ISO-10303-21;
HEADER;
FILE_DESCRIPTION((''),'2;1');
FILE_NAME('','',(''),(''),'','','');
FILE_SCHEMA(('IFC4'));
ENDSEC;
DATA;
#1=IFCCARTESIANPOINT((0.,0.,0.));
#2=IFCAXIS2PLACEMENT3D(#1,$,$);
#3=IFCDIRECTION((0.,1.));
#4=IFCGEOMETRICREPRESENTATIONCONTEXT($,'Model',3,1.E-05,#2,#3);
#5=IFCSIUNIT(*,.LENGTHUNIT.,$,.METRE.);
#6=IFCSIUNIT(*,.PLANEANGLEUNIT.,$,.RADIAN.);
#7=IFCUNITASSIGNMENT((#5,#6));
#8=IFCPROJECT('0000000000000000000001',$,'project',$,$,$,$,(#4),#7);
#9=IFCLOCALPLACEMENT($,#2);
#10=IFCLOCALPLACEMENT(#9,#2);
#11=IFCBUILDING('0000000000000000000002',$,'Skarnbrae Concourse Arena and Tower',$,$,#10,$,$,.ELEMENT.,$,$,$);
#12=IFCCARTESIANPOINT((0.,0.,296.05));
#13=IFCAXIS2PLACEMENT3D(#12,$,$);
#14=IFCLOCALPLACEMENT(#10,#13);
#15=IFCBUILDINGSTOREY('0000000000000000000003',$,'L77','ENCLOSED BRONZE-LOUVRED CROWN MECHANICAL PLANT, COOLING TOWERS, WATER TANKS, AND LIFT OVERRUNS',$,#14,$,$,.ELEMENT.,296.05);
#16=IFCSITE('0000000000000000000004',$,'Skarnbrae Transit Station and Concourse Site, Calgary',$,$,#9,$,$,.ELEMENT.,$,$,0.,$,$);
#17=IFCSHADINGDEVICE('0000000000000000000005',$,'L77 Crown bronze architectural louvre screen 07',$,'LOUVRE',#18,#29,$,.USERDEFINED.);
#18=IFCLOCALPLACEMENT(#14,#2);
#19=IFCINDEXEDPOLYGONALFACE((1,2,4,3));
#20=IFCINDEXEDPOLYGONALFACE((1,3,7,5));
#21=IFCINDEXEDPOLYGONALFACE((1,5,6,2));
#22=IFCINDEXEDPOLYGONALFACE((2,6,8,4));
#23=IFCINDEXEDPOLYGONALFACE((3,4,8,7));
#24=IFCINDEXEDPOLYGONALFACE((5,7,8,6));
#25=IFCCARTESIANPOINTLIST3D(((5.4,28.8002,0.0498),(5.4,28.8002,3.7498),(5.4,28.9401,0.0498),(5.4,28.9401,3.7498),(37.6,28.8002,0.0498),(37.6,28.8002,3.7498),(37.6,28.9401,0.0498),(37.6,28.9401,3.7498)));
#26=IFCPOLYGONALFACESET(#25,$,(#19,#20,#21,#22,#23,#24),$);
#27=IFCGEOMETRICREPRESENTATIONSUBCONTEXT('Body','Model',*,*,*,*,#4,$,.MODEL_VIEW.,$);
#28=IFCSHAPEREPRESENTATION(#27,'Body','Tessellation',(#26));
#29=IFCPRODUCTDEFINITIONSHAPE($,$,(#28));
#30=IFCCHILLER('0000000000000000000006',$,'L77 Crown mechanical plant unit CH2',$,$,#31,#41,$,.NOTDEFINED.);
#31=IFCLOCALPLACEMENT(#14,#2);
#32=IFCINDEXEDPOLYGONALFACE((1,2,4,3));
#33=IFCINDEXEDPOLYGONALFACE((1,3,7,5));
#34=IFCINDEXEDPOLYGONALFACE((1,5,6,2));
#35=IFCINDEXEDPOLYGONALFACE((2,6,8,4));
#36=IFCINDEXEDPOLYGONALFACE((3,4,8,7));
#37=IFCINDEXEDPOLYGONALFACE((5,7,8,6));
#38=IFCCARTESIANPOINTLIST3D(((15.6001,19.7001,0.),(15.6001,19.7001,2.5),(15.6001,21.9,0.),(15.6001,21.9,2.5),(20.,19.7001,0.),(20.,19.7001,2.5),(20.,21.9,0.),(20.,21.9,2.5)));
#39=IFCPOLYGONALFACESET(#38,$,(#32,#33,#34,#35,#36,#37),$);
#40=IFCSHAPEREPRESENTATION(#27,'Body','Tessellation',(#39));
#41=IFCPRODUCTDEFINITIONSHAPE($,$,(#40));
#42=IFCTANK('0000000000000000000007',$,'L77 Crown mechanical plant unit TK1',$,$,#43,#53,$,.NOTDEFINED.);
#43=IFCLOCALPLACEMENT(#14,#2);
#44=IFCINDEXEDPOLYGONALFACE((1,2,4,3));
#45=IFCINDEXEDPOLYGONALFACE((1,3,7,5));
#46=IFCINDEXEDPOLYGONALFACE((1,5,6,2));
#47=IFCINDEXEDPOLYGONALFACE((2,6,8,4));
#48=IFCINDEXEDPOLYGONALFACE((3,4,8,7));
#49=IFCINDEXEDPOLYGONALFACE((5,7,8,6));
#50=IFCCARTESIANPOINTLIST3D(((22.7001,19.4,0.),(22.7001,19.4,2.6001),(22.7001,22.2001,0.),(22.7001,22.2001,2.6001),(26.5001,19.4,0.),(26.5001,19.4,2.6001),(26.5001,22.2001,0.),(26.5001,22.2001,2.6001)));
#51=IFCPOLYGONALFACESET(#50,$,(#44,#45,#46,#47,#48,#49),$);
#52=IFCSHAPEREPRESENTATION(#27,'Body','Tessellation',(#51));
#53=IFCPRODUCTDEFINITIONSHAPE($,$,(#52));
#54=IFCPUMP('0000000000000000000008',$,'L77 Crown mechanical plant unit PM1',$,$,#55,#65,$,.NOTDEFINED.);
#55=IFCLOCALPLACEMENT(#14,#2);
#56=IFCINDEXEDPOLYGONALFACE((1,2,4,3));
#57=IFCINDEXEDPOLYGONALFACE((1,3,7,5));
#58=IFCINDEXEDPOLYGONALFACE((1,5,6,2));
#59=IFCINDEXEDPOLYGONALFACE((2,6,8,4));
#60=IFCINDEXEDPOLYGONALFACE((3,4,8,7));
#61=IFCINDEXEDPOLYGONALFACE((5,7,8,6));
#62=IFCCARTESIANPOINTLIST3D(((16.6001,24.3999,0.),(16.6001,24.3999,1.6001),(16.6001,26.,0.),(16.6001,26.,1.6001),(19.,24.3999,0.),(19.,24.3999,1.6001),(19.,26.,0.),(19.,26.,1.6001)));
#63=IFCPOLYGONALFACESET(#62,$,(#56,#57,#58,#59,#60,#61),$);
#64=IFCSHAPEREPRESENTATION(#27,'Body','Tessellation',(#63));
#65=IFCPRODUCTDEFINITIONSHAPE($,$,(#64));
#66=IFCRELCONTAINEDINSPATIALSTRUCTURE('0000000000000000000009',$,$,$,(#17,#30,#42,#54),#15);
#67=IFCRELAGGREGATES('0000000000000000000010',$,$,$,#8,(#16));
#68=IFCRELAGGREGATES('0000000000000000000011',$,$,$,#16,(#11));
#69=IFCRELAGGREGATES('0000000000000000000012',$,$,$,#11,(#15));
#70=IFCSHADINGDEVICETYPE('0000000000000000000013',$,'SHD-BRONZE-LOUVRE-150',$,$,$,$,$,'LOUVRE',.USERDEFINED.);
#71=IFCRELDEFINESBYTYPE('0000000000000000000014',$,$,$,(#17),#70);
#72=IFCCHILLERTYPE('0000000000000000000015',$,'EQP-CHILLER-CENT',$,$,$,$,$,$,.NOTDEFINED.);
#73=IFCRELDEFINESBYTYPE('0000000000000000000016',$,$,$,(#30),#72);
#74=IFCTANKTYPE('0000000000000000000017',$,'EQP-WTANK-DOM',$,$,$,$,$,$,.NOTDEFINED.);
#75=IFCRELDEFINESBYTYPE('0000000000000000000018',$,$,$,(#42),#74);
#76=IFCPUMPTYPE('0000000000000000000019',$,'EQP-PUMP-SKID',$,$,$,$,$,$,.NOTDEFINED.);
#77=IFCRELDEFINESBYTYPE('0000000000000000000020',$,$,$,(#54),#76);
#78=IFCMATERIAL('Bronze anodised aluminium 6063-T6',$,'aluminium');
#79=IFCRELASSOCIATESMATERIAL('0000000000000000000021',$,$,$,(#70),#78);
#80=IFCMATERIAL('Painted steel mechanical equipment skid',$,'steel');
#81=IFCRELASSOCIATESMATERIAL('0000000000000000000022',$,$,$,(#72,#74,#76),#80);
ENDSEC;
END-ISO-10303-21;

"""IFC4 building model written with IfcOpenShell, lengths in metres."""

from ifc_helpers import new_model, si_unit, direction, frame, origin, origin_2d, place, context, subcontext, project, spatial, rectangle, extrude, source, transform, mapped, material, type_object, element, save


model = new_model("IFC4")

# Units and contexts
model_context = context("Model", 3, precision=1e-05, world=origin(), true_north=direction((0.0, 1.0)))
body_context = subcontext(model_context, "Body", "Model", "MODEL_VIEW")
ifc_project = project(units=[si_unit("LENGTHUNIT", "METRE"), si_unit("PLANEANGLEUNIT", "RADIAN")], contexts=[model_context])

# Site, building, storey
site_placement = place(None, origin())
site = spatial("IfcSite", under=ifc_project, at=site_placement, Name="Skarnbrae Transit Station and Concourse Site, Calgary", CompositionType="ELEMENT", RefElevation=0.0)
building_placement = place(site_placement, origin())
building = spatial("IfcBuilding", under=site, at=building_placement, Name="Skarnbrae Concourse Arena and Tower", CompositionType="ELEMENT")
storey_placement = place(building_placement, frame((0.0, 0.0, 296.05)))
storey = spatial("IfcBuildingStorey", under=building, at=storey_placement, Name="L77", Description="ENCLOSED BRONZE-LOUVRED CROWN MECHANICAL PLANT, COOLING TOWERS, WATER TANKS, AND LIFT OVERRUNS", CompositionType="ELEMENT", Elevation=296.05)

# Shared definitions
ifc_material_1 = material(Name="Bronze anodised aluminium 6063-T6", Category="aluminium")

# Shading device
shading_device_type = type_object("IfcShadingDeviceType", Name="SHD-BRONZE-LOUVRE-150", ElementType="LOUVRE", PredefinedType="USERDEFINED", material=ifc_material_1)
shared_shape_1 = source(origin(), body_context, "Body", "SweptSolid", [
    extrude(rectangle(XDim=32.2, YDim=0.1399, at=origin_2d()), origin(), (0.0, 0.0, 1.0), 3.7),
])
shading_device_placement = place(storey_placement, frame((21.5, 28.8701, 0.0498), z_axis=(0.0, 0.0, 1.0), x_axis=(-1.0, 0.0, 0.0)))
element("IfcShadingDevice", 1, at=shading_device_placement, inside=storey, type_object=shading_device_type, Name="L77 Crown bronze architectural louvre screen 07", ObjectType="LOUVRE", PredefinedType="USERDEFINED", context=body_context, shape_type="MappedRepresentation", body=[
    mapped(shared_shape_1, transform((0.0, 0.0, 0.0))),
])

# Chiller
ifc_material_2 = material(Name="Painted steel mechanical equipment skid", Category="steel")
chiller_type = type_object("IfcChillerType", Name="EQP-CHILLER-CENT", PredefinedType="NOTDEFINED", material=ifc_material_2)
shared_shape_2 = source(origin(), body_context, "Body", "SweptSolid", [
    extrude(rectangle(XDim=4.3999, YDim=2.2, at=origin_2d()), origin(), (0.0, 0.0, 1.0), 2.5),
])
chiller_placement = place(storey_placement, frame((17.8, 20.8, 0.0), z_axis=(0.0, 0.0, 1.0), x_axis=(1.0, 0.0, 0.0)))
element("IfcChiller", 2, at=chiller_placement, inside=storey, type_object=chiller_type, Name="L77 Crown mechanical plant unit CH2", PredefinedType="NOTDEFINED", context=body_context, shape_type="MappedRepresentation", body=[
    mapped(shared_shape_2, transform((0.0, 0.0, 0.0))),
])

# Tank
tank_type = type_object("IfcTankType", Name="EQP-WTANK-DOM", PredefinedType="NOTDEFINED", material=ifc_material_2)
shared_shape_3 = source(origin(), body_context, "Body", "SweptSolid", [
    extrude(rectangle(XDim=3.8, YDim=2.8, at=origin_2d()), origin(), (0.0, 0.0, 1.0), 2.6001),
])
tank_placement = place(storey_placement, frame((24.6001, 20.8, 0.0), z_axis=(0.0, 0.0, 1.0), x_axis=(1.0, 0.0, 0.0)))
element("IfcTank", 3, at=tank_placement, inside=storey, type_object=tank_type, Name="L77 Crown mechanical plant unit TK1", PredefinedType="NOTDEFINED", context=body_context, shape_type="MappedRepresentation", body=[
    mapped(shared_shape_3, transform((0.0, 0.0, 0.0))),
])

# Pump
pump_type = type_object("IfcPumpType", Name="EQP-PUMP-SKID", PredefinedType="NOTDEFINED", material=ifc_material_2)
shared_shape_4 = source(origin(), body_context, "Body", "SweptSolid", [
    extrude(rectangle(XDim=2.3999, YDim=1.6001, at=origin_2d()), origin(), (0.0, 0.0, 1.0), 1.6001),
])
pump_placement = place(storey_placement, frame((17.8, 25.2, 0.0), z_axis=(0.0, 0.0, 1.0), x_axis=(1.0, 0.0, 0.0)))
element("IfcPump", 4, at=pump_placement, inside=storey, type_object=pump_type, Name="L77 Crown mechanical plant unit PM1", PredefinedType="NOTDEFINED", context=body_context, shape_type="MappedRepresentation", body=[
    mapped(shared_shape_4, transform((0.0, 0.0, 0.0))),
])

save(model, "model.ifc")
